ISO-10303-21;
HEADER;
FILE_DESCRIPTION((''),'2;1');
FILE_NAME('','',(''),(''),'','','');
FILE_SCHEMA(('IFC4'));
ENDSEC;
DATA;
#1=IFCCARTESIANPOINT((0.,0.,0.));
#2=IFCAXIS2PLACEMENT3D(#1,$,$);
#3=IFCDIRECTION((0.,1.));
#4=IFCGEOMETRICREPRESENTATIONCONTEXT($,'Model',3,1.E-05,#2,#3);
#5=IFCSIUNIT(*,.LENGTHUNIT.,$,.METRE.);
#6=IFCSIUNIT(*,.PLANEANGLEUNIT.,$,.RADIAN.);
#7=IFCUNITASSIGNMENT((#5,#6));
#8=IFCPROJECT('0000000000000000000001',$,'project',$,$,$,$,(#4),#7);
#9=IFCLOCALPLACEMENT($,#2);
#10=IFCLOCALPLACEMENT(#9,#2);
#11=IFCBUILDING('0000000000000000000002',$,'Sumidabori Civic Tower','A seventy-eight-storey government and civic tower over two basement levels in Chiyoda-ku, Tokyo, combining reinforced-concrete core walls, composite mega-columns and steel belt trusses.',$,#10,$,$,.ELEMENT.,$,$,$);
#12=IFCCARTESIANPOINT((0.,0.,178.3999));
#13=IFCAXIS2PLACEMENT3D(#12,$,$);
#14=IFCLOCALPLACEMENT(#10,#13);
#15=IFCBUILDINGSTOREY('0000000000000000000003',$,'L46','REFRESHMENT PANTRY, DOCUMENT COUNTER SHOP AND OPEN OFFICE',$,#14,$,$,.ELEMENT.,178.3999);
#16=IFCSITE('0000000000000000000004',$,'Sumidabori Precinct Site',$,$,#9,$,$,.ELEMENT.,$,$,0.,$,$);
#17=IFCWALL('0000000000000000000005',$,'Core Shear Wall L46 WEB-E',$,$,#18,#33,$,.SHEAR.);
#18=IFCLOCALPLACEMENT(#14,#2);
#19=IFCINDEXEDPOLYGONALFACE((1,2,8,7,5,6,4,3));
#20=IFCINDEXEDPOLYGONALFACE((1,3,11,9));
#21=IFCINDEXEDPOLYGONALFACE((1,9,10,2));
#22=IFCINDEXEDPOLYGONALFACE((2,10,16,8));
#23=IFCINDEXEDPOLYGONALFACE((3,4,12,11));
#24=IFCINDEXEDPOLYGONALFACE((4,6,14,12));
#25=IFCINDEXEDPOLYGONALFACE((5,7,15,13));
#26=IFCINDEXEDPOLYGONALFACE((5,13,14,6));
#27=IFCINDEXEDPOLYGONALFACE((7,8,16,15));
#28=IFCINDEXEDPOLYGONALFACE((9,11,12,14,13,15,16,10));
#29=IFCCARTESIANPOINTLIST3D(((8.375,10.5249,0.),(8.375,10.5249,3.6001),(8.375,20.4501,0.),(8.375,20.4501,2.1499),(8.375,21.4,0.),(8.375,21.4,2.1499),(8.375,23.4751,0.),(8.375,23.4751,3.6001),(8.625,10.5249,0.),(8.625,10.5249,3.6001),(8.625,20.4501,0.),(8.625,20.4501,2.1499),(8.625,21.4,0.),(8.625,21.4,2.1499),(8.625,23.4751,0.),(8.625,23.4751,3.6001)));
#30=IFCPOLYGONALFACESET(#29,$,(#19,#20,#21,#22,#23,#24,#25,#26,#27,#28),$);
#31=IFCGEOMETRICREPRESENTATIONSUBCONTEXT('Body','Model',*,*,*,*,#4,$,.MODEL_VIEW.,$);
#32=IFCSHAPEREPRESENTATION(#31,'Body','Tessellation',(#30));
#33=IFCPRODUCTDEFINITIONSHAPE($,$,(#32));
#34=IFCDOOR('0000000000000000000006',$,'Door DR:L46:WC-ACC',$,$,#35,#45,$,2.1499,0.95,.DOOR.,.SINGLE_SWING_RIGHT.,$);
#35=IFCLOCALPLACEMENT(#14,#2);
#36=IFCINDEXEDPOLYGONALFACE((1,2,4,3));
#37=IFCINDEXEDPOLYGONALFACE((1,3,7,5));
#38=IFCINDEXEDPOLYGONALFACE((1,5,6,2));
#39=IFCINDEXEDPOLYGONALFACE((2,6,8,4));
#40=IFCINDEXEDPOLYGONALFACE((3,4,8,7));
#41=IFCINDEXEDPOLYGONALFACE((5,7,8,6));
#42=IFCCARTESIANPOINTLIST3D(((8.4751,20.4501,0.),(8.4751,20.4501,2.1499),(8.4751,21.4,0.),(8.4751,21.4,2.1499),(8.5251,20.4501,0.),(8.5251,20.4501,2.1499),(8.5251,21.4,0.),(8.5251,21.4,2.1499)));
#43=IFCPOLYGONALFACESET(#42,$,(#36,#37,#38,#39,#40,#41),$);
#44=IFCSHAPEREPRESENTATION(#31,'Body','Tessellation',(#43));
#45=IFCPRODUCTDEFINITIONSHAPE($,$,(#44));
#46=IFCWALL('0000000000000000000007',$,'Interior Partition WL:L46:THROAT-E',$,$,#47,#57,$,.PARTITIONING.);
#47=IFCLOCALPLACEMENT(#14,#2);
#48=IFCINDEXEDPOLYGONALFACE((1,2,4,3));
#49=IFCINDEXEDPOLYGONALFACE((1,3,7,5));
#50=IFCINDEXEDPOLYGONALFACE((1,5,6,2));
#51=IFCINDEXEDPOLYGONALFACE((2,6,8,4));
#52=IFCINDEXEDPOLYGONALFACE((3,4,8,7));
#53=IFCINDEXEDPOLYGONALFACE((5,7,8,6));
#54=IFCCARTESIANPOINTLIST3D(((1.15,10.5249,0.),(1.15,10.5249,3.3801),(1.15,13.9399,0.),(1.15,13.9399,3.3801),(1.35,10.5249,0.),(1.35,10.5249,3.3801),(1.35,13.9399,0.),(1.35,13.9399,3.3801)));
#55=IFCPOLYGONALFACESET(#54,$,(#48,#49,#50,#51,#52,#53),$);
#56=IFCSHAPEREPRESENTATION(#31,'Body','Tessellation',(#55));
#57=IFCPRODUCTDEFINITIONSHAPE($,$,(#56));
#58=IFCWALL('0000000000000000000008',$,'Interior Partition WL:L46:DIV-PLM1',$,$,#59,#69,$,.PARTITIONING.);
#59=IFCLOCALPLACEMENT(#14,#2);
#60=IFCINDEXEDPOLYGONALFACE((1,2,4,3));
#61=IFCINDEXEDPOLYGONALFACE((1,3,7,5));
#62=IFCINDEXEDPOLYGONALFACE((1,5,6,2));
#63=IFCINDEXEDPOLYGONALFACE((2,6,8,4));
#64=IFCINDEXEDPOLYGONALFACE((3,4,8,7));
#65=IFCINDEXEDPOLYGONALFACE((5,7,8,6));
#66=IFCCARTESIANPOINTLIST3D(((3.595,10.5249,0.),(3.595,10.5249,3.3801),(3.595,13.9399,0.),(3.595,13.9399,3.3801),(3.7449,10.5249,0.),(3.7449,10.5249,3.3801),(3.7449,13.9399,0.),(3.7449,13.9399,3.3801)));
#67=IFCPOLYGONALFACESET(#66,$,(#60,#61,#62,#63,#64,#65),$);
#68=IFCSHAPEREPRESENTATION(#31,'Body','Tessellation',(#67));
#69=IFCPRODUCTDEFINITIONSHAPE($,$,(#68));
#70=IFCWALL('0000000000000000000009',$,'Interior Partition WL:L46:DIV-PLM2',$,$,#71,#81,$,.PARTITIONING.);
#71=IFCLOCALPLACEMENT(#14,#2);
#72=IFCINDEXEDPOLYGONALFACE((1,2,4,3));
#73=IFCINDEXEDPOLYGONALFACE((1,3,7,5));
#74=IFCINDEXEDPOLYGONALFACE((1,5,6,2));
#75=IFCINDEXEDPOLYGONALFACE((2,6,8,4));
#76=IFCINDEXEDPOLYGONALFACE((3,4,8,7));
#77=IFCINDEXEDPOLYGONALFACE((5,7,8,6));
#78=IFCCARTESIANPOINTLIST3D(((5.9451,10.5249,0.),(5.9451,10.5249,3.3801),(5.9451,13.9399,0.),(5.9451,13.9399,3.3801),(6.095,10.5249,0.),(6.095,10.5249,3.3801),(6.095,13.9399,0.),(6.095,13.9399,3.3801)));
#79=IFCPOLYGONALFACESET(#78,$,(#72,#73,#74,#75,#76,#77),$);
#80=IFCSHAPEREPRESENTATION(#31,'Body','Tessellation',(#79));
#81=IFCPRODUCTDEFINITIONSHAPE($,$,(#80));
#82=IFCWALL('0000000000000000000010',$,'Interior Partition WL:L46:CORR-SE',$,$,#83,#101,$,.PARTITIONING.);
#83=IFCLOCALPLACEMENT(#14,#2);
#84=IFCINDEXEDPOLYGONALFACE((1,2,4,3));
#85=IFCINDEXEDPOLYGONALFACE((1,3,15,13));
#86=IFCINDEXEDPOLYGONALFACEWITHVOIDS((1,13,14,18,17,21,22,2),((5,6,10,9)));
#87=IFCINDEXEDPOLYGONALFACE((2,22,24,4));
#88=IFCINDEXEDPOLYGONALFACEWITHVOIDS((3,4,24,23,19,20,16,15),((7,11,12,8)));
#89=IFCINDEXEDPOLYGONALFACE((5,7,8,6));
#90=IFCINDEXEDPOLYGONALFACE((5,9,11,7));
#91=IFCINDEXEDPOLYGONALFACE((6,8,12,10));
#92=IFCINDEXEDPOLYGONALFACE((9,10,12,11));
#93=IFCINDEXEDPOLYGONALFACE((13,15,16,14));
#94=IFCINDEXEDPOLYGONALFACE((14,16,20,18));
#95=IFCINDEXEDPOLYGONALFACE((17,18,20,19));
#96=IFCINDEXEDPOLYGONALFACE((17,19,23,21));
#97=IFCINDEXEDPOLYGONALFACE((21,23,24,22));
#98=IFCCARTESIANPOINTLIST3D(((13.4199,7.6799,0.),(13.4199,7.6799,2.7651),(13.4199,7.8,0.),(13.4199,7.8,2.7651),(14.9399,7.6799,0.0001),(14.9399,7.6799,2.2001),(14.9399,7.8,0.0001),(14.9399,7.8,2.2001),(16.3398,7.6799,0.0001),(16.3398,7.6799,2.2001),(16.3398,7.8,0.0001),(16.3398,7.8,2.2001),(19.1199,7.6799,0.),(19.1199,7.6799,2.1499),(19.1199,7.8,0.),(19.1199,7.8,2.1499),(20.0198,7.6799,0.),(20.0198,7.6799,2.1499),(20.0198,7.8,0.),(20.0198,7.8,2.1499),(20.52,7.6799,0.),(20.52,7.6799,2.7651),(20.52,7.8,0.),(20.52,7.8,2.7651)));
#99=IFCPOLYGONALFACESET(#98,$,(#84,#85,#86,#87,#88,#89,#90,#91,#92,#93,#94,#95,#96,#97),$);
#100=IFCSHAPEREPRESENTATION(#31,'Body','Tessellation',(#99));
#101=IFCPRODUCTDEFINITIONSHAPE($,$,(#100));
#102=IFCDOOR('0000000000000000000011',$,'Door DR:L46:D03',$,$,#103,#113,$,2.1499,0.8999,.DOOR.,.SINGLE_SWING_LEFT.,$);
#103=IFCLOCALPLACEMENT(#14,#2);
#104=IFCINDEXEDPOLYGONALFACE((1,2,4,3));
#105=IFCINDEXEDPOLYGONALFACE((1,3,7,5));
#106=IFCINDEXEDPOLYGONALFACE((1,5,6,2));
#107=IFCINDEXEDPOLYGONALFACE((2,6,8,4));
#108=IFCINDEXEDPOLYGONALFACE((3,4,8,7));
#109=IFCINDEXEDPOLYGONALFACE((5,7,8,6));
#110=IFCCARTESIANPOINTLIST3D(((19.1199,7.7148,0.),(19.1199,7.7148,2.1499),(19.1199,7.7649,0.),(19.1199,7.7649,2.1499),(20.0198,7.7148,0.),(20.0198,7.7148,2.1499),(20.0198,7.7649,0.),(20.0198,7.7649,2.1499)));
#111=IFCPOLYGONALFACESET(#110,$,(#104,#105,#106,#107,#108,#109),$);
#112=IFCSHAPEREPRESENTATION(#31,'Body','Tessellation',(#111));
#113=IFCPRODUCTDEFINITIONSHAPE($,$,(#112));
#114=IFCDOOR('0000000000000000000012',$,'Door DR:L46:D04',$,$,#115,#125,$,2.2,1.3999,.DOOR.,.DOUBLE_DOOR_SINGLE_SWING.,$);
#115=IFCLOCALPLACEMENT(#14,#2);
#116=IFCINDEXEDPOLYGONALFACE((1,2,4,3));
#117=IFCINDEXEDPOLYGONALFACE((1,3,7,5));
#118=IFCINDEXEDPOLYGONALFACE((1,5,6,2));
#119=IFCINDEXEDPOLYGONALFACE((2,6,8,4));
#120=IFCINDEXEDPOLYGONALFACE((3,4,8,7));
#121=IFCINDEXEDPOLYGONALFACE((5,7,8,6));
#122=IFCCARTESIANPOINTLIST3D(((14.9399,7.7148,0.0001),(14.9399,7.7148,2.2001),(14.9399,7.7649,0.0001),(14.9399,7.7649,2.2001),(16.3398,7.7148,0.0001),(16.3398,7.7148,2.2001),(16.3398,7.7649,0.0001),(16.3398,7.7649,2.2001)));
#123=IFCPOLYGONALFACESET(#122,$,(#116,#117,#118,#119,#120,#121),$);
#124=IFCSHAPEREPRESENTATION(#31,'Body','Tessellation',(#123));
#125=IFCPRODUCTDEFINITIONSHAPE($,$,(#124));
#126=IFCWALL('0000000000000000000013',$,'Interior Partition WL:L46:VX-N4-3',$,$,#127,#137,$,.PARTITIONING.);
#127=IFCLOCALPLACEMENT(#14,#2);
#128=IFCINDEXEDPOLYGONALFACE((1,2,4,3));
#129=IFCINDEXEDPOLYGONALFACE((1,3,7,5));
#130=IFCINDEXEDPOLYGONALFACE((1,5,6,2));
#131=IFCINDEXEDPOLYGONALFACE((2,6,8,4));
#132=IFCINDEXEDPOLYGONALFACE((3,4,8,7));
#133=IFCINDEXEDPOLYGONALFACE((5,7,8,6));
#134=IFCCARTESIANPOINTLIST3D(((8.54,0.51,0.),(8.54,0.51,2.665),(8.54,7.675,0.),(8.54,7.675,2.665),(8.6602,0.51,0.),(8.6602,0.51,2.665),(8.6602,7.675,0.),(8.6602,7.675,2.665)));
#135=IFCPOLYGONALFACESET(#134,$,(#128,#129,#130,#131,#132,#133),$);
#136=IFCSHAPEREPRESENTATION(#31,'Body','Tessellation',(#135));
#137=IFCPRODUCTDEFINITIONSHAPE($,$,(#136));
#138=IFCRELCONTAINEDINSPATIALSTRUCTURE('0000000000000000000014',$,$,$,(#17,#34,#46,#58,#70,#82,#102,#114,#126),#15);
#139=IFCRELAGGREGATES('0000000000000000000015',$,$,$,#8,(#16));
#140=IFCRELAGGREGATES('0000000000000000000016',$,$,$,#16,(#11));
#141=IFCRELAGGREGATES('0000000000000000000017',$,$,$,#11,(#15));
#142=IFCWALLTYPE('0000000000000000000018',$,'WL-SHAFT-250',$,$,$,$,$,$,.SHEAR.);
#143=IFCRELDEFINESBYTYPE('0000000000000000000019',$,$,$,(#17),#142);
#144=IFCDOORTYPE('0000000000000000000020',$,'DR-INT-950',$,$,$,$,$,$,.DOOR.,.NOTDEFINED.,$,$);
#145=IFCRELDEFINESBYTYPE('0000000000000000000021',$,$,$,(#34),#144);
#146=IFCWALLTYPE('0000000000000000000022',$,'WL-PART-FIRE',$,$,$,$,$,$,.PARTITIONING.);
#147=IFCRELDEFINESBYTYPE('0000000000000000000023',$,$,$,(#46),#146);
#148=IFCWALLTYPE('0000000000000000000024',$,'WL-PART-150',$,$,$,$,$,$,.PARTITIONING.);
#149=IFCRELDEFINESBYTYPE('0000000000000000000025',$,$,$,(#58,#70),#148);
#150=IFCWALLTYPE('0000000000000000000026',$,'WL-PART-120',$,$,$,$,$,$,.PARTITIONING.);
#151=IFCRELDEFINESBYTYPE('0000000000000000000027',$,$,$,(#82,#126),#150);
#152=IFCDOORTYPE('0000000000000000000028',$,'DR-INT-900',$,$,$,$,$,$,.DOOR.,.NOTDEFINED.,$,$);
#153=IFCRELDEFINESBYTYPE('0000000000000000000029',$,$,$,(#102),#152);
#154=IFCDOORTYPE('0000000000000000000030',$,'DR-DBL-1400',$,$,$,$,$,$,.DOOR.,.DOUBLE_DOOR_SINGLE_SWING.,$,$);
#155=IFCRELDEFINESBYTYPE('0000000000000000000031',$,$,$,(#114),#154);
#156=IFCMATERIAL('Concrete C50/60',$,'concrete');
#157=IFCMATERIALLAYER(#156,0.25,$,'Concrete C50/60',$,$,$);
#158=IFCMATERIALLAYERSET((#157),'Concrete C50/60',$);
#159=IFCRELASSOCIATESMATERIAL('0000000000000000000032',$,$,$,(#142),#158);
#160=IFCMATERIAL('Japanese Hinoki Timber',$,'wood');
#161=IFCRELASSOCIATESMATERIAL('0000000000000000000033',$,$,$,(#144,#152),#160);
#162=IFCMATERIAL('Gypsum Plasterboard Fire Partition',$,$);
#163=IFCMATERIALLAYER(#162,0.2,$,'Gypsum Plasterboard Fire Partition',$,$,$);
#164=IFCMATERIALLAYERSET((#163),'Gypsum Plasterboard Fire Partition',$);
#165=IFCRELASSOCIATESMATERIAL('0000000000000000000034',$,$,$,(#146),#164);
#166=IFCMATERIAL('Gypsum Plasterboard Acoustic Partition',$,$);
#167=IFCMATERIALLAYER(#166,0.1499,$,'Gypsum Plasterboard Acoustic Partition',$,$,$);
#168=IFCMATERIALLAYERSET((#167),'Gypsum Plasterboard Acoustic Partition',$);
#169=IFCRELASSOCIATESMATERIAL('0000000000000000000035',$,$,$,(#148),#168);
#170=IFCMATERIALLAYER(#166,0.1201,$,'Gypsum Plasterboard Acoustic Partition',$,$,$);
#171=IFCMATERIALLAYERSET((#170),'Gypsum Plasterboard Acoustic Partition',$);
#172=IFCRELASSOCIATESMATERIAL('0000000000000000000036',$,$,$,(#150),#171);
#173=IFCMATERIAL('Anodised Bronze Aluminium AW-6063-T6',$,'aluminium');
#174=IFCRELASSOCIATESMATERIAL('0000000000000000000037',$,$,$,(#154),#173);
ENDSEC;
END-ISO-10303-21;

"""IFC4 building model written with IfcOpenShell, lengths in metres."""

from ifc_helpers import new_model, si_unit, direction, frame, frame_2d, origin, place, context, subcontext, project, spatial, rectangle, extrude, source, transform, mapped, material, layer, layer_set, type_object, element, fill, save


model = new_model("IFC4")

# Units and contexts
model_context = context("Model", 3, precision=1e-05, world=origin(), true_north=direction((0.0, 1.0)))
body_context = subcontext(model_context, "Body", "Model", "MODEL_VIEW")
ifc_project = project(units=[si_unit("LENGTHUNIT", "METRE"), si_unit("PLANEANGLEUNIT", "RADIAN")], contexts=[model_context])

# Site, building, storey
site_placement = place(None, origin())
site = spatial("IfcSite", under=ifc_project, at=site_placement, Name="Sumidabori Precinct Site", CompositionType="ELEMENT", RefElevation=0.0)
building_placement = place(site_placement, origin())
building = spatial("IfcBuilding", under=site, at=building_placement, Name="Sumidabori Civic Tower", Description="A seventy-eight-storey government and civic tower over two basement levels in Chiyoda-ku, Tokyo, combining reinforced-concrete core walls, composite mega-columns and steel belt trusses.", CompositionType="ELEMENT")
storey_placement = place(building_placement, frame((0.0, 0.0, 178.3999)))
storey = spatial("IfcBuildingStorey", under=building, at=storey_placement, Name="L46", Description="REFRESHMENT PANTRY, DOCUMENT COUNTER SHOP AND OPEN OFFICE", CompositionType="ELEMENT", Elevation=178.3999)

# Shared definitions
ifc_material_1 = material(Name="Concrete C50/60", Category="concrete")

# Wall, opening, door
ifc_layer_1 = layer(ifc_material_1, 0.25, Name="Concrete C50/60")
ifc_layer_set_1 = layer_set([ifc_layer_1], Name="Concrete C50/60")
wall_type_1 = type_object("IfcWallType", Name="WL-SHAFT-250", PredefinedType="SHEAR", material=ifc_layer_set_1)
shared_shape_1 = source(origin(), body_context, "Body", "SweptSolid", [
    extrude(rectangle(XDim=12.9502, YDim=0.25, at=frame_2d((6.4751, 0.0))), origin(), (0.0, 0.0, 1.0), 3.6001),
])
wall_1_placement = place(storey_placement, frame((8.5, 10.5249, 0.0), z_axis=(0.0, 0.0, 1.0), x_axis=(0.0, 1.0, 0.0)))
wall_1 = element("IfcWall", 1, at=wall_1_placement, inside=storey, type_object=wall_type_1, Name="Core Shear Wall L46 WEB-E", PredefinedType="SHEAR", context=body_context, shape_type="MappedRepresentation", body=[
    mapped(shared_shape_1, transform((0.0, 0.0, 0.0), x_axis=(1.0, 0.0, 0.0), y_axis=(0.0, 1.0, 0.0), z_axis=(0.0, 0.0, 1.0), scale=1.0)),
])
opening_1_placement = place(wall_1_placement, frame((9.925, 0.0, 0.0)))
opening_1 = element("IfcOpeningElement", 2, at=opening_1_placement, cuts=wall_1, PredefinedType="OPENING", context=body_context, shape_type="SweptSolid", body=[
    extrude(rectangle(XDim=0.95, YDim=2.1499, at=frame_2d((0.4751, 1.075))), frame((0.0, 0.137, 0.0), z_axis=(0.0, -1.0, 0.0), x_axis=(1.0, 0.0, 0.0)), (0.0, 0.0, 1.0), 0.2739),
])
ifc_material_2 = material(Name="Japanese Hinoki Timber", Category="wood")
door_type_1 = type_object("IfcDoorType", Name="DR-INT-950", OperationType="NOTDEFINED", PredefinedType="DOOR", material=ifc_material_2)
shared_shape_2 = source(origin(), body_context, "Body", "SweptSolid", [
    extrude(rectangle(XDim=0.95, YDim=2.1499, at=frame_2d((0.4751, 1.075))), frame((0.0, 0.0249, 0.0), z_axis=(0.0, -1.0, 0.0), x_axis=(1.0, 0.0, 0.0)), (0.0, 0.0, 1.0), 0.05),
])
door_1_placement = place(opening_1_placement, origin())
door_1 = element("IfcDoor", 3, at=door_1_placement, inside=storey, type_object=door_type_1, Name="Door DR:L46:WC-ACC", OperationType="SINGLE_SWING_RIGHT", OverallHeight=2.1499, OverallWidth=0.95, PredefinedType="DOOR", context=body_context, shape_type="MappedRepresentation", body=[
    mapped(shared_shape_2, transform((0.0, 0.0, 0.0), x_axis=(1.0, 0.0, 0.0), y_axis=(0.0, 1.0, 0.0), z_axis=(0.0, 0.0, 1.0), scale=1.0)),
])
fill(opening_1, door_1)

# Shared definitions
ifc_material_3 = material(Name="Gypsum Plasterboard Fire Partition")
ifc_layer_2 = layer(ifc_material_3, 0.2, Name="Gypsum Plasterboard Fire Partition")
ifc_layer_set_2 = layer_set([ifc_layer_2], Name="Gypsum Plasterboard Fire Partition")
wall_type_2 = type_object("IfcWallType", Name="WL-PART-FIRE", PredefinedType="PARTITIONING", material=ifc_layer_set_2)

# Walls
shared_shape_3 = source(origin(), body_context, "Body", "SweptSolid", [
    extrude(rectangle(XDim=3.415, YDim=0.2, at=frame_2d((1.7075, 0.0))), origin(), (0.0, 0.0, 1.0), 3.3801),
])
wall_2_placement = place(storey_placement, frame((1.25, 10.5249, 0.0), z_axis=(0.0, 0.0, 1.0), x_axis=(0.0, 1.0, 0.0)))
element("IfcWall", 4, at=wall_2_placement, inside=storey, type_object=wall_type_2, Name="Interior Partition WL:L46:THROAT-E", PredefinedType="PARTITIONING", context=body_context, shape_type="MappedRepresentation", body=[
    mapped(shared_shape_3, transform((0.0, 0.0, 0.0), x_axis=(1.0, 0.0, 0.0), y_axis=(0.0, 1.0, 0.0), z_axis=(0.0, 0.0, 1.0), scale=1.0)),
])
ifc_material_4 = material(Name="Gypsum Plasterboard Acoustic Partition")
ifc_layer_3 = layer(ifc_material_4, 0.1499, Name="Gypsum Plasterboard Acoustic Partition")
ifc_layer_set_3 = layer_set([ifc_layer_3], Name="Gypsum Plasterboard Acoustic Partition")
wall_type_3 = type_object("IfcWallType", Name="WL-PART-150", PredefinedType="PARTITIONING", material=ifc_layer_set_3)
shared_shape_4 = source(origin(), body_context, "Body", "SweptSolid", [
    extrude(rectangle(XDim=3.415, YDim=0.1499, at=frame_2d((1.7075, 0.0))), origin(), (0.0, 0.0, 1.0), 3.3801),
])
for number, where, z_axis, x_axis, name in (
    (5, (3.6699, 10.5249, 0.0), (0.0, 0.0, 1.0), (0.0, 1.0, 0.0), "Interior Partition WL:L46:DIV-PLM1"),
    (6, (6.02, 10.5249, 0.0), (0.0, 0.0, 1.0), (0.0, 1.0, 0.0), "Interior Partition WL:L46:DIV-PLM2"),
):
    element("IfcWall", number, at=place(storey_placement, frame(where, z_axis=z_axis, x_axis=x_axis)), inside=storey, type_object=wall_type_3, Name=name, PredefinedType="PARTITIONING", context=body_context, shape_type="MappedRepresentation", body=[
        mapped(shared_shape_4, transform((0.0, 0.0, 0.0), x_axis=(1.0, 0.0, 0.0), y_axis=(0.0, 1.0, 0.0), z_axis=(0.0, 0.0, 1.0), scale=1.0)),
    ])

# Wall, openings, doors
ifc_layer_4 = layer(ifc_material_4, 0.1201, Name="Gypsum Plasterboard Acoustic Partition")
ifc_layer_set_4 = layer_set([ifc_layer_4], Name="Gypsum Plasterboard Acoustic Partition")
wall_type_4 = type_object("IfcWallType", Name="WL-PART-120", PredefinedType="PARTITIONING", material=ifc_layer_set_4)
shared_shape_5 = source(origin(), body_context, "Body", "SweptSolid", [
    extrude(rectangle(XDim=7.1001, YDim=0.1201, at=frame_2d((3.55, 0.0))), origin(), (0.0, 0.0, 1.0), 2.7651),
])
wall_3_placement = place(storey_placement, frame((13.4199, 7.74, 0.0), z_axis=(0.0, 0.0, 1.0), x_axis=(1.0, 0.0, 0.0)))
wall_3 = element("IfcWall", 7, at=wall_3_placement, inside=storey, type_object=wall_type_4, Name="Interior Partition WL:L46:CORR-SE", PredefinedType="PARTITIONING", context=body_context, shape_type="MappedRepresentation", body=[
    mapped(shared_shape_5, transform((0.0, 0.0, 0.0), x_axis=(1.0, 0.0, 0.0), y_axis=(0.0, 1.0, 0.0), z_axis=(0.0, 0.0, 1.0), scale=1.0)),
])
opening_2_placement = place(wall_3_placement, frame((5.7, 0.0, 0.0)))
opening_2 = element("IfcOpeningElement", 8, at=opening_2_placement, cuts=wall_3, PredefinedType="OPENING", context=body_context, shape_type="SweptSolid", body=[
    extrude(rectangle(XDim=0.8999, YDim=2.1499, at=frame_2d((0.45, 1.075))), frame((0.0, 0.072, 0.0), z_axis=(0.0, -1.0, 0.0), x_axis=(1.0, 0.0, 0.0)), (0.0, 0.0, 1.0), 0.144),
])
opening_3_placement = place(wall_3_placement, frame((1.52, 0.0, 0.0)))
opening_3 = element("IfcOpeningElement", 9, at=opening_3_placement, cuts=wall_3, PredefinedType="OPENING", context=body_context, shape_type="SweptSolid", body=[
    extrude(rectangle(XDim=1.3999, YDim=2.2, at=frame_2d((0.7, 1.1001))), frame((0.0, 0.072, 0.0), z_axis=(0.0, -1.0, 0.0), x_axis=(1.0, 0.0, 0.0)), (0.0, 0.0, 1.0), 0.144),
])
door_type_2 = type_object("IfcDoorType", Name="DR-INT-900", OperationType="NOTDEFINED", PredefinedType="DOOR", material=ifc_material_2)
shared_shape_6 = source(origin(), body_context, "Body", "SweptSolid", [
    extrude(rectangle(XDim=0.8999, YDim=2.1499, at=frame_2d((0.45, 1.075))), frame((0.0, 0.0249, 0.0), z_axis=(0.0, -1.0, 0.0), x_axis=(1.0, 0.0, 0.0)), (0.0, 0.0, 1.0), 0.05),
])
door_2_placement = place(opening_2_placement, origin())
door_2 = element("IfcDoor", 10, at=door_2_placement, inside=storey, type_object=door_type_2, Name="Door DR:L46:D03", OperationType="SINGLE_SWING_LEFT", OverallHeight=2.1499, OverallWidth=0.8999, PredefinedType="DOOR", context=body_context, shape_type="MappedRepresentation", body=[
    mapped(shared_shape_6, transform((0.0, 0.0, 0.0), x_axis=(1.0, 0.0, 0.0), y_axis=(0.0, 1.0, 0.0), z_axis=(0.0, 0.0, 1.0), scale=1.0)),
])
fill(opening_2, door_2)
ifc_material_5 = material(Name="Anodised Bronze Aluminium AW-6063-T6", Category="aluminium")
door_type_3 = type_object("IfcDoorType", Name="DR-DBL-1400", OperationType="DOUBLE_DOOR_SINGLE_SWING", PredefinedType="DOOR", material=ifc_material_5)
shared_shape_7 = source(origin(), body_context, "Body", "SweptSolid", [
    extrude(rectangle(XDim=1.3999, YDim=2.2, at=frame_2d((0.7, 1.1001))), frame((0.0, 0.0249, 0.0), z_axis=(0.0, -1.0, 0.0), x_axis=(1.0, 0.0, 0.0)), (0.0, 0.0, 1.0), 0.05),
])
door_3_placement = place(opening_3_placement, origin())
door_3 = element("IfcDoor", 11, at=door_3_placement, inside=storey, type_object=door_type_3, Name="Door DR:L46:D04", OperationType="DOUBLE_DOOR_SINGLE_SWING", OverallHeight=2.2, OverallWidth=1.3999, PredefinedType="DOOR", context=body_context, shape_type="MappedRepresentation", body=[
    mapped(shared_shape_7, transform((0.0, 0.0, 0.0), x_axis=(1.0, 0.0, 0.0), y_axis=(0.0, 1.0, 0.0), z_axis=(0.0, 0.0, 1.0), scale=1.0)),
])
fill(opening_3, door_3)

# Wall
shared_shape_8 = source(origin(), body_context, "Body", "SweptSolid", [
    extrude(rectangle(XDim=7.165, YDim=0.1201, at=frame_2d((3.5825, 0.0))), origin(), (0.0, 0.0, 1.0), 2.665),
])
wall_4_placement = place(storey_placement, frame((8.6001, 0.51, 0.0), z_axis=(0.0, 0.0, 1.0), x_axis=(0.0, 1.0, 0.0)))
element("IfcWall", 12, at=wall_4_placement, inside=storey, type_object=wall_type_4, Name="Interior Partition WL:L46:VX-N4-3", PredefinedType="PARTITIONING", context=body_context, shape_type="MappedRepresentation", body=[
    mapped(shared_shape_8, transform((0.0, 0.0, 0.0), x_axis=(1.0, 0.0, 0.0), y_axis=(0.0, 1.0, 0.0), z_axis=(0.0, 0.0, 1.0), scale=1.0)),
])

save(model, "model.ifc")
